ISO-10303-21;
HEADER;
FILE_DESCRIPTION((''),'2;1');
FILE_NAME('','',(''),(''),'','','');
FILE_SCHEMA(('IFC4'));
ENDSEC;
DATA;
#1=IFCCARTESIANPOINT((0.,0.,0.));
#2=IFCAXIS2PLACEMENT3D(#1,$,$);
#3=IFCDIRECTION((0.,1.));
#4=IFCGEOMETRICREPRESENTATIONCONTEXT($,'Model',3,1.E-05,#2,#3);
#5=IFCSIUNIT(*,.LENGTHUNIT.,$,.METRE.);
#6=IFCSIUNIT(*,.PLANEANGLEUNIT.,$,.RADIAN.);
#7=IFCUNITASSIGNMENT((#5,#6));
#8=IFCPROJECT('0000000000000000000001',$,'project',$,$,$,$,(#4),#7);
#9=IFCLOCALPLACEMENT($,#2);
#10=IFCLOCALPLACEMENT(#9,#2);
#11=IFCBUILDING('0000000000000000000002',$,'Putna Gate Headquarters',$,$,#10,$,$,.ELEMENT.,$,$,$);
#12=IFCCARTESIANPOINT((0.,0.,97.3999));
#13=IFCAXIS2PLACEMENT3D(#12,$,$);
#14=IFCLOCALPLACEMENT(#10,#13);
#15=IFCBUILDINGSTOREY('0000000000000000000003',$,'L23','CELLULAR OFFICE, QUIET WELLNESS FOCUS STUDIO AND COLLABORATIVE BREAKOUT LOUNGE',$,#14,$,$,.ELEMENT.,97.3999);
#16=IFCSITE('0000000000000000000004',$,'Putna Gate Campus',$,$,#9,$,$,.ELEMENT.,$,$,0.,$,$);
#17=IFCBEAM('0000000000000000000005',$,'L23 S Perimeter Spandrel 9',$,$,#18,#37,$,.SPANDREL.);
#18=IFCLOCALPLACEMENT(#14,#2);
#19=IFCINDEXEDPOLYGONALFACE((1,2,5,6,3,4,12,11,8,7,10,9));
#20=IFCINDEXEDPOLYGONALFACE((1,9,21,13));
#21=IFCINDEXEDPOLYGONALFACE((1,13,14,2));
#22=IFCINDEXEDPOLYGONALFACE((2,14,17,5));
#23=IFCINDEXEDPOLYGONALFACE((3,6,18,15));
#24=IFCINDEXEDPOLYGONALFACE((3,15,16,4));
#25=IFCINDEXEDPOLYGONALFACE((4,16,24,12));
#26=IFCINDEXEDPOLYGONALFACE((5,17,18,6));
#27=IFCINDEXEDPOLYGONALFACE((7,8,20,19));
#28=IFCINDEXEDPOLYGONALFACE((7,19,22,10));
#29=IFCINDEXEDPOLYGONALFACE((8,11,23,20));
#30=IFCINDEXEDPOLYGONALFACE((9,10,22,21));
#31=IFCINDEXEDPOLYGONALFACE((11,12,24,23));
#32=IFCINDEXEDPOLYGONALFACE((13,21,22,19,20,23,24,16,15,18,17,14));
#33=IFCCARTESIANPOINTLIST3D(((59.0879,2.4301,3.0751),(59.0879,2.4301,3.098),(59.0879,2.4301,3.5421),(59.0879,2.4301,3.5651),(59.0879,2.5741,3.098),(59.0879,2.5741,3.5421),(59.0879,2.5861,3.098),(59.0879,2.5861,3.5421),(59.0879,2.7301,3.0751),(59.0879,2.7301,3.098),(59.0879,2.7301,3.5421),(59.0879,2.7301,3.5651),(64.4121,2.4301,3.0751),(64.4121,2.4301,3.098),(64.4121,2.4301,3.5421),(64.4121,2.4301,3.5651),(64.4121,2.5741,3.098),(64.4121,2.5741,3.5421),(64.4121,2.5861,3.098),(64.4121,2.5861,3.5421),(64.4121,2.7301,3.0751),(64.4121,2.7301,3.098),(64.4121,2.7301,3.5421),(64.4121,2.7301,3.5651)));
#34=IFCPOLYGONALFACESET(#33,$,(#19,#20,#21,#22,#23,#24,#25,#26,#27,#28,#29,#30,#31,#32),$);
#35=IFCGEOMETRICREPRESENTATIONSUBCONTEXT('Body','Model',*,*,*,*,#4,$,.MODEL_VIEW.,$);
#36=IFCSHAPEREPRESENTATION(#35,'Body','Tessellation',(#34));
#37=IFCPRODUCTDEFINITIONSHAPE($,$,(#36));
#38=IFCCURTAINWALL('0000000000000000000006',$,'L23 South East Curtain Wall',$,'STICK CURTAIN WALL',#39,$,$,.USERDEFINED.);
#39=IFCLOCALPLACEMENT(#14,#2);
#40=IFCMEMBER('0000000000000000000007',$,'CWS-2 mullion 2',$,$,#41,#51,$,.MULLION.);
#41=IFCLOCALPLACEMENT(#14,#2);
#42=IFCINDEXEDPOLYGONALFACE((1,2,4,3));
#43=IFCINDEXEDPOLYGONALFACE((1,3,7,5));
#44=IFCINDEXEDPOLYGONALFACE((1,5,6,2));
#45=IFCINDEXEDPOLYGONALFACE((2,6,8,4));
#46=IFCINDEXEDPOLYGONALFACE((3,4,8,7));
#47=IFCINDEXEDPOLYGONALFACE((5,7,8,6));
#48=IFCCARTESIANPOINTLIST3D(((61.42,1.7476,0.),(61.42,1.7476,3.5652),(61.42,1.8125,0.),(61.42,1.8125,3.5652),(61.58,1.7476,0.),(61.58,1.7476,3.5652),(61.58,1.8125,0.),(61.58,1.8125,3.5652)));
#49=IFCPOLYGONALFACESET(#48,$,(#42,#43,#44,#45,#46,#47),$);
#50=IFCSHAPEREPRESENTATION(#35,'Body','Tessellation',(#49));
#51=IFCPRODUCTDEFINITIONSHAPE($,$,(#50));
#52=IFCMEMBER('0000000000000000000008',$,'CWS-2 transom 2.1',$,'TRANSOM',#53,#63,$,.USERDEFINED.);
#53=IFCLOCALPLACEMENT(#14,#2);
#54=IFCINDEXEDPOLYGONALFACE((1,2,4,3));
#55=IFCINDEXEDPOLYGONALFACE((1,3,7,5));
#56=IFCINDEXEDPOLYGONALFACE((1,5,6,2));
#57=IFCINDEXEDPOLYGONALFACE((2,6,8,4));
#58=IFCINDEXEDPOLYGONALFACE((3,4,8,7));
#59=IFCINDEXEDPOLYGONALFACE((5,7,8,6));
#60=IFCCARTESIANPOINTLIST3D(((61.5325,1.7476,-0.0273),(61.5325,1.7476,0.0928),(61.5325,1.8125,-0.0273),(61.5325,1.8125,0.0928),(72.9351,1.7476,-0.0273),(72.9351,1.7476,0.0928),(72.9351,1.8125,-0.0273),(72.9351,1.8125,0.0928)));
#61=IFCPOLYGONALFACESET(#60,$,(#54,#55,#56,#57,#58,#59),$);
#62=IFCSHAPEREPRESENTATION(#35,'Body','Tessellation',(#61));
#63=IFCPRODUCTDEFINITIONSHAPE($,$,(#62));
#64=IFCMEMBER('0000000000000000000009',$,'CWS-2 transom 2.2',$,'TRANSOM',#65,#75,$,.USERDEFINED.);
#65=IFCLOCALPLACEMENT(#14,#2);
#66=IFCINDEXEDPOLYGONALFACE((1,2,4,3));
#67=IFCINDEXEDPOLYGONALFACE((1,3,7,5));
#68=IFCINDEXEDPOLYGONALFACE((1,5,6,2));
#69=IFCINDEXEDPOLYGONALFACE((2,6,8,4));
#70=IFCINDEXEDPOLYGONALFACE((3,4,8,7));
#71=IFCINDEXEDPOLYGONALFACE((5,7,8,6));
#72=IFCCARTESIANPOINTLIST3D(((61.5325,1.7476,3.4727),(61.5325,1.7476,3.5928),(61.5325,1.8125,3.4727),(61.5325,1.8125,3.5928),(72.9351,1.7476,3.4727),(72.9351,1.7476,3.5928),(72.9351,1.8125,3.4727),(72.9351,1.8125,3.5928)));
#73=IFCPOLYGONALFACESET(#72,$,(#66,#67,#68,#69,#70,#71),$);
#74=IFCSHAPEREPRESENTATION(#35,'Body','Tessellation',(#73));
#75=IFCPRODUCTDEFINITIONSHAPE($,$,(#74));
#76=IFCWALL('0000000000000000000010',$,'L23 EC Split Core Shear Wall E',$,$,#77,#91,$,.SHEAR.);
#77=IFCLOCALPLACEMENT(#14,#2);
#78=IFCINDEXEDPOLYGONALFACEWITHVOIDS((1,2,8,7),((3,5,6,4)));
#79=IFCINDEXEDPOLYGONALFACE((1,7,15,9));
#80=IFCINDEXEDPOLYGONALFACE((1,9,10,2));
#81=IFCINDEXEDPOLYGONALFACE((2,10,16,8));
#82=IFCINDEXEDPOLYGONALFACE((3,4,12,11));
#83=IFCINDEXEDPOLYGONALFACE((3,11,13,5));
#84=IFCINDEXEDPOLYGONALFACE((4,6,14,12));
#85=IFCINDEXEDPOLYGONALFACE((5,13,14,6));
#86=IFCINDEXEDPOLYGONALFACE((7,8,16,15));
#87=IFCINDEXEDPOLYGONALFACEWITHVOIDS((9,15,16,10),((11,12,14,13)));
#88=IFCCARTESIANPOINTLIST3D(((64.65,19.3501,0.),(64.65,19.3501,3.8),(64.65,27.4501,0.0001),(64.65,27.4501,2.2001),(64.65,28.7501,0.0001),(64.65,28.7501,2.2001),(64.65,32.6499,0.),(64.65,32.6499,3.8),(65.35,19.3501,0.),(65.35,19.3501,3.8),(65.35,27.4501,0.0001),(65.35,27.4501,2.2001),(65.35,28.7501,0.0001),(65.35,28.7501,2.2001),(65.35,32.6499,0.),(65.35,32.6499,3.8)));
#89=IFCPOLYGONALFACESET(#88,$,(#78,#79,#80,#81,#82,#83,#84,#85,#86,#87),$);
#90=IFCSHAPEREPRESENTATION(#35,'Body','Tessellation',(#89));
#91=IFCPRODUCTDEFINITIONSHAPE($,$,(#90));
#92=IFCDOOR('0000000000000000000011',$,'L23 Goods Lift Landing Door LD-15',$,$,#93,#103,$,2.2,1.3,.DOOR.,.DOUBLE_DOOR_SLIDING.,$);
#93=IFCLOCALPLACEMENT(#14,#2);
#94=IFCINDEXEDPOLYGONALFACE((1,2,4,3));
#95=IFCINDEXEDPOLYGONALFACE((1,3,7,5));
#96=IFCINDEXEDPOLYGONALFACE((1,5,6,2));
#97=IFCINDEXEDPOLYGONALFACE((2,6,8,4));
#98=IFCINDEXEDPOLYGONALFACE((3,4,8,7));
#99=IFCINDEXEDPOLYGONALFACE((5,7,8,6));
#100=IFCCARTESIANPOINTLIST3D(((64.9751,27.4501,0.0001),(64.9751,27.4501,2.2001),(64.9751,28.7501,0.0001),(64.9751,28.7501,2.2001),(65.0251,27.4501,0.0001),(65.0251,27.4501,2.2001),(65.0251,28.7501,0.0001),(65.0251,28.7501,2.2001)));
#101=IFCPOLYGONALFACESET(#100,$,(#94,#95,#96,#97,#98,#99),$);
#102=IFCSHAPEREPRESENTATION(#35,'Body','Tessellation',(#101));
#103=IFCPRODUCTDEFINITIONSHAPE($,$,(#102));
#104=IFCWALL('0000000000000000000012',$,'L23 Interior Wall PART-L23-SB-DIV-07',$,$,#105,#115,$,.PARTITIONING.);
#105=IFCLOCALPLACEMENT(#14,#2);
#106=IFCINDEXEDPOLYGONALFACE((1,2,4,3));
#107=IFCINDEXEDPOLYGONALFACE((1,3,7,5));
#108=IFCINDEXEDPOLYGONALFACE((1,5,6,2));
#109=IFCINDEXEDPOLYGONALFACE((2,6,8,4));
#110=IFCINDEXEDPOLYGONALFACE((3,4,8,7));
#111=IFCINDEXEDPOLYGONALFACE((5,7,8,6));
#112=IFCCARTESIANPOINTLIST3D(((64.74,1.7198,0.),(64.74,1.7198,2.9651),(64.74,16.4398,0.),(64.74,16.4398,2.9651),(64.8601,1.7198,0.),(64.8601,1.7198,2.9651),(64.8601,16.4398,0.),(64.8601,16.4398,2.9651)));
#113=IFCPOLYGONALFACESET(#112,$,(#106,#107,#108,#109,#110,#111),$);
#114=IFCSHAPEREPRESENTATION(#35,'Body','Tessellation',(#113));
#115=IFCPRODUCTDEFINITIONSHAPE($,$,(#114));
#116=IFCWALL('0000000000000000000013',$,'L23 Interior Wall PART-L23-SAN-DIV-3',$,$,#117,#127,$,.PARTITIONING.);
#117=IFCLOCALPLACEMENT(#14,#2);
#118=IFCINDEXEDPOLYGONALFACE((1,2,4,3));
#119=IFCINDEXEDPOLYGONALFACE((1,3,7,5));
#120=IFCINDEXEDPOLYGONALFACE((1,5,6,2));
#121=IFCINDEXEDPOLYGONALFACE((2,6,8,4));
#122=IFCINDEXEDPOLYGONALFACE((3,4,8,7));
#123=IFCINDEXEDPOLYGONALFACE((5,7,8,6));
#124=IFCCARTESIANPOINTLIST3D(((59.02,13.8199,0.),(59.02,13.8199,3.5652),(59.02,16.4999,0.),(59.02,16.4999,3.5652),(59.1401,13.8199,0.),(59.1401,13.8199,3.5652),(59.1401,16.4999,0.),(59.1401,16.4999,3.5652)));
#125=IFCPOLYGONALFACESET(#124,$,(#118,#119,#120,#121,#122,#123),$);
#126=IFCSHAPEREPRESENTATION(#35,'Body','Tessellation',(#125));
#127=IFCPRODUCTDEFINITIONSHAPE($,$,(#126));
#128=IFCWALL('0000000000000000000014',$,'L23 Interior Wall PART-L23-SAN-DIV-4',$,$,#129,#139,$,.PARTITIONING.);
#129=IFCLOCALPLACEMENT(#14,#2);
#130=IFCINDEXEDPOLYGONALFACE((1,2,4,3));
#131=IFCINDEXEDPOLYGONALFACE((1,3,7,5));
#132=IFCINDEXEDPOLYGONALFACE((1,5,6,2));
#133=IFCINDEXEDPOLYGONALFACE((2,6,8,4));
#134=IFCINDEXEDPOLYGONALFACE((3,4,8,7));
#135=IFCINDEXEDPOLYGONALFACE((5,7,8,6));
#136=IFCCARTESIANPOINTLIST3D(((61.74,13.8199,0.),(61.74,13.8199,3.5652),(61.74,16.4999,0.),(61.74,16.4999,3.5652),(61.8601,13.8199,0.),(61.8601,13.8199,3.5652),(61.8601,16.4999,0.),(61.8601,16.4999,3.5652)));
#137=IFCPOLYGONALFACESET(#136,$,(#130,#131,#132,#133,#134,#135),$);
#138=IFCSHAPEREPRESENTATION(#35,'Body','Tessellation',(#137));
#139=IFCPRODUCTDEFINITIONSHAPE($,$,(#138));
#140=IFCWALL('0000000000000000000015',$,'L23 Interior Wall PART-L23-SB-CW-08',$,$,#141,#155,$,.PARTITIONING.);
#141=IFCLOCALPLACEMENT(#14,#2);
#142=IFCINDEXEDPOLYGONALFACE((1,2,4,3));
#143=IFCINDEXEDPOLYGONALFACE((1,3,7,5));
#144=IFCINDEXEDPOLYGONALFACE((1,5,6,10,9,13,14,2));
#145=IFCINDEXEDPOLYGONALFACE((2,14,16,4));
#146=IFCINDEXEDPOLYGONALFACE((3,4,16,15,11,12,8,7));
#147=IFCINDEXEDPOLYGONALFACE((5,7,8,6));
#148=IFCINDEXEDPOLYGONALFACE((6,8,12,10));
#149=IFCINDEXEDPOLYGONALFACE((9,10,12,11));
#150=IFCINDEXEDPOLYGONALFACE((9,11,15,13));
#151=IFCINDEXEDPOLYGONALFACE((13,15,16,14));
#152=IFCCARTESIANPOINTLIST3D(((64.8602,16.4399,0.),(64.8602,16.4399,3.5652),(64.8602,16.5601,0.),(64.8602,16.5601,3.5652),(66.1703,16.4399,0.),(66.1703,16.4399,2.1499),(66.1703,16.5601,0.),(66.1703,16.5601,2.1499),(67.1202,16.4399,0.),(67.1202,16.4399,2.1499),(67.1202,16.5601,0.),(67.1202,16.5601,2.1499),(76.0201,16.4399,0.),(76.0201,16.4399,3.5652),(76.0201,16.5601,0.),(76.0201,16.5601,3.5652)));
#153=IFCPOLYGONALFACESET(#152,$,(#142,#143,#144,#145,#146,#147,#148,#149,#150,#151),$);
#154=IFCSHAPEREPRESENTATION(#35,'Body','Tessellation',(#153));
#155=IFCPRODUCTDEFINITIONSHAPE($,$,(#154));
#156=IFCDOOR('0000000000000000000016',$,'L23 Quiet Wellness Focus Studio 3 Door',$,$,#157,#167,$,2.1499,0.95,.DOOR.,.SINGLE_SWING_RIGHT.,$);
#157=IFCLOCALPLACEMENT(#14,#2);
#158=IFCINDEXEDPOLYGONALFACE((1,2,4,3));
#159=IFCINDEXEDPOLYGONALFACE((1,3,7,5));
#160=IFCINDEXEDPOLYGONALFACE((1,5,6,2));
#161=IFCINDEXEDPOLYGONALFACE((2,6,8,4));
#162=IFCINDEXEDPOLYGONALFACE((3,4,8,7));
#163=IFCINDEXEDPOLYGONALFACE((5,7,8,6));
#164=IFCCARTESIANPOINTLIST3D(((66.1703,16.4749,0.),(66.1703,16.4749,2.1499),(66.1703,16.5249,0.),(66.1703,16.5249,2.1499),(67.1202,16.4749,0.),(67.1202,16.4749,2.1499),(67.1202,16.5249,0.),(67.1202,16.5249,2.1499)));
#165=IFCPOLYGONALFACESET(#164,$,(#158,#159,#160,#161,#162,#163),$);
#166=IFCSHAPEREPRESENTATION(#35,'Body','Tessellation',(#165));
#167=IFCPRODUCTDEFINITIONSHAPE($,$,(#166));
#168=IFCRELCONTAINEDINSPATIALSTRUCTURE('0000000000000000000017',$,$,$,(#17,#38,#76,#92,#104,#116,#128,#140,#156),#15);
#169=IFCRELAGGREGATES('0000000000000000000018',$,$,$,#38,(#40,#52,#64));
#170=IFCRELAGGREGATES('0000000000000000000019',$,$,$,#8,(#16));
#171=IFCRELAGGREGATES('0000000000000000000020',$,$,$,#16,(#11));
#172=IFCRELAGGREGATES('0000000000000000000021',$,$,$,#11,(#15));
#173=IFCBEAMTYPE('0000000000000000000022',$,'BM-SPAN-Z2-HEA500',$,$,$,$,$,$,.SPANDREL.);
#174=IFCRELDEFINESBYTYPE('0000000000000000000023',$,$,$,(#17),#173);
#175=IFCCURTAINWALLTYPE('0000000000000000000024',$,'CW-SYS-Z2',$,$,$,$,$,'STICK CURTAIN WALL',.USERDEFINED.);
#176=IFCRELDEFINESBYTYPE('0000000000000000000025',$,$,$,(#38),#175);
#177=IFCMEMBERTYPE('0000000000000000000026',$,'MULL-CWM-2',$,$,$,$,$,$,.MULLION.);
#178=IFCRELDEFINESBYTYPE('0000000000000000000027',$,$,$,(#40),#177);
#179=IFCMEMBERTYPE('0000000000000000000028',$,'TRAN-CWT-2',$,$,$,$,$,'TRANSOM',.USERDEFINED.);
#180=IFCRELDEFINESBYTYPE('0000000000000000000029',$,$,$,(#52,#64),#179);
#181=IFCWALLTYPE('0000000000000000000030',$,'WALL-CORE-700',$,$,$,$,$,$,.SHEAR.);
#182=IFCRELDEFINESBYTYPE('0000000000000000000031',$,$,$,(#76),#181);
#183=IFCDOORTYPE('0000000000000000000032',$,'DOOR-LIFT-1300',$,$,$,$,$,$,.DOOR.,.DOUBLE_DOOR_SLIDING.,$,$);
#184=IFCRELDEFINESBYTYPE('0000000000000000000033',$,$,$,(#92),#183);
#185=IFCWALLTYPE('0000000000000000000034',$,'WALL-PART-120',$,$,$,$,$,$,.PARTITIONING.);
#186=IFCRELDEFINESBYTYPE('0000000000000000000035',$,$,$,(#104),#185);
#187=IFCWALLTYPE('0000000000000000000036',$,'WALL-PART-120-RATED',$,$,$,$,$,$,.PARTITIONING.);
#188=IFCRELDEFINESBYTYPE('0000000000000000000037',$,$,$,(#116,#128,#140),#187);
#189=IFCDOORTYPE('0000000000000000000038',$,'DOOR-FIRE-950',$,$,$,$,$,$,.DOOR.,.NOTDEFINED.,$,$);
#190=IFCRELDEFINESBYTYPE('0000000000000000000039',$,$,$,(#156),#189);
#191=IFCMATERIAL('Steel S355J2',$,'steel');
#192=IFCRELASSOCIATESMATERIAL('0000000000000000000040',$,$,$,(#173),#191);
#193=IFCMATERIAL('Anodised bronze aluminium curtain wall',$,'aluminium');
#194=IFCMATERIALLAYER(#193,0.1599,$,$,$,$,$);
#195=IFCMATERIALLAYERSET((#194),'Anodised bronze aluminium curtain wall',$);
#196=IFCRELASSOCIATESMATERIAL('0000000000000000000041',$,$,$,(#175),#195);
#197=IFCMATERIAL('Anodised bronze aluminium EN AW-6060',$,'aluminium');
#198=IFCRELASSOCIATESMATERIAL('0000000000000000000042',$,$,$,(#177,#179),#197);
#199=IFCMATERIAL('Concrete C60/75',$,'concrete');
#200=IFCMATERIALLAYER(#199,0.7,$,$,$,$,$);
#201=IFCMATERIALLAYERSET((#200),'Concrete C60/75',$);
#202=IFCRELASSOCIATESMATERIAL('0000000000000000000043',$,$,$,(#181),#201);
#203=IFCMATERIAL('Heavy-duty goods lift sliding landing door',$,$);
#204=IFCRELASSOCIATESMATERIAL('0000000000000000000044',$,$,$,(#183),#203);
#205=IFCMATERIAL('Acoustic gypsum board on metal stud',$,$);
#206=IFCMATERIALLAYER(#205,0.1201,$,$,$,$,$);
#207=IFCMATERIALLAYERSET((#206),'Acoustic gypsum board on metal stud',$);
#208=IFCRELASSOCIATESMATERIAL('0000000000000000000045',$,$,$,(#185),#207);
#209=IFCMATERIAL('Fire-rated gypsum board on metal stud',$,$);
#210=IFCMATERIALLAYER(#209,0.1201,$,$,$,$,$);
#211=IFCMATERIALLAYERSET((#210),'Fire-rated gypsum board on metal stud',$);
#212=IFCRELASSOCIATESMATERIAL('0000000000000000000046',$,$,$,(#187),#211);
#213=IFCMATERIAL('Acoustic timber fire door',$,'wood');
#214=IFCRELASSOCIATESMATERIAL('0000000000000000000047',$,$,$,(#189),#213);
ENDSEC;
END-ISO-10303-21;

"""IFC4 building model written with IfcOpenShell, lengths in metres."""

from ifc_helpers import new_model, si_unit, direction, frame, frame_2d, origin, origin_2d, place, context, subcontext, project, spatial, rectangle, i_section, extrude, material, layer, layer_set, material_profile, profile_set, type_object, element, fill, aggregate, save


model = new_model("IFC4")

# Units and contexts
model_context = context("Model", 3, precision=1e-05, world=origin(), true_north=direction((0.0, 1.0)))
body_context = subcontext(model_context, "Body", "Model", "MODEL_VIEW")
ifc_project = project(units=[si_unit("LENGTHUNIT", "METRE"), si_unit("PLANEANGLEUNIT", "RADIAN")], contexts=[model_context])

# Site, building, storey
site_placement = place(None, origin())
site = spatial("IfcSite", under=ifc_project, at=site_placement, Name="Putna Gate Campus", CompositionType="ELEMENT", RefElevation=0.0)
building_placement = place(site_placement, origin())
building = spatial("IfcBuilding", under=site, at=building_placement, Name="Putna Gate Headquarters", CompositionType="ELEMENT")
storey_placement = place(building_placement, frame((0.0, 0.0, 97.3999)))
storey = spatial("IfcBuildingStorey", under=building, at=storey_placement, Name="L23", Description="CELLULAR OFFICE, QUIET WELLNESS FOCUS STUDIO AND COLLABORATIVE BREAKOUT LOUNGE", CompositionType="ELEMENT", Elevation=97.3999)

# Shared definitions
ifc_material_1 = material(Name="Concrete C60/75", Category="concrete")

# Beam
ifc_material_2 = material(Name="Steel S355J2", Category="steel")
ifc_material_profile_1 = material_profile(ifc_material_2, i_section(OverallWidth=0.3, OverallDepth=0.49, WebThickness=0.012, FlangeThickness=0.0229, at=origin_2d()), Name="Steel S355J2")
ifc_profile_set_1 = profile_set([ifc_material_profile_1], Name="Steel S355J2")
beam_type_1 = type_object("IfcBeamType", Name="BM-SPAN-Z2-HEA500", PredefinedType="SPANDREL", material=ifc_profile_set_1)
beam_1_placement = place(storey_placement, frame((59.0879, 2.5801, 3.3201), z_axis=(1.0, 0.0, 0.0), x_axis=(0.0, 1.0, 0.0)))
element("IfcBeam", 1, at=beam_1_placement, inside=storey, type_object=beam_type_1, Name="L23 S Perimeter Spandrel 9", PredefinedType="SPANDREL", context=body_context, shape_type="SweptSolid", body=[
    extrude(i_section(OverallWidth=0.3, OverallDepth=0.49, WebThickness=0.012, FlangeThickness=0.0229, at=origin_2d()), origin(), (0.0, 0.0, 1.0), 5.3242),
])

# Curtain wall, members
ifc_material_3 = material(Name="Anodised bronze aluminium curtain wall", Category="aluminium")
ifc_layer_1 = layer(ifc_material_3, 0.1599)
ifc_layer_set_1 = layer_set([ifc_layer_1], Name="Anodised bronze aluminium curtain wall")
curtain_wall_type = type_object("IfcCurtainWallType", Name="CW-SYS-Z2", ElementType="STICK CURTAIN WALL", PredefinedType="USERDEFINED", material=ifc_layer_set_1)
curtain_wall_placement = place(storey_placement, origin())
curtain_wall = element("IfcCurtainWall", 2, at=curtain_wall_placement, inside=storey, type_object=curtain_wall_type, Name="L23 South East Curtain Wall", ObjectType="STICK CURTAIN WALL", PredefinedType="USERDEFINED")
ifc_material_4 = material(Name="Anodised bronze aluminium EN AW-6060", Category="aluminium")
ifc_material_profile_2 = material_profile(ifc_material_4, rectangle(XDim=0.0649, YDim=0.1599, at=origin_2d()), Name="Anodised bronze aluminium EN AW-6060")
ifc_profile_set_2 = profile_set([ifc_material_profile_2], Name="Anodised bronze aluminium EN AW-6060")
member_type_1 = type_object("IfcMemberType", Name="MULL-CWM-2", PredefinedType="MULLION", material=ifc_profile_set_2)
member_1_placement = place(storey_placement, frame((61.5, 1.78, 0.0), z_axis=(0.0, 0.0, 1.0), x_axis=(0.0, 1.0, 0.0)))
member_1 = element("IfcMember", 3, at=member_1_placement, type_object=member_type_1, Name="CWS-2 mullion 2", PredefinedType="MULLION", context=body_context, shape_type="SweptSolid", body=[
    extrude(rectangle(XDim=0.0649, YDim=0.1599, at=origin_2d()), origin(), (0.0, 0.0, 1.0), 3.5652),
])
ifc_material_profile_3 = material_profile(ifc_material_4, rectangle(XDim=0.0649, YDim=0.1201, at=origin_2d()), Name="Anodised bronze aluminium EN AW-6060")
ifc_profile_set_3 = profile_set([ifc_material_profile_3], Name="Anodised bronze aluminium EN AW-6060")
member_type_2 = type_object("IfcMemberType", Name="TRAN-CWT-2", ElementType="TRANSOM", PredefinedType="USERDEFINED", material=ifc_profile_set_3)
member_2_placement = place(storey_placement, frame((61.5325, 1.78, 0.0327), z_axis=(1.0, 0.0, 0.0), x_axis=(0.0, 1.0, 0.0)))
member_2 = element("IfcMember", 4, at=member_2_placement, type_object=member_type_2, Name="CWS-2 transom 2.1", ObjectType="TRANSOM", PredefinedType="USERDEFINED", context=body_context, shape_type="SweptSolid", body=[
    extrude(rectangle(XDim=0.0649, YDim=0.1201, at=origin_2d()), origin(), (0.0, 0.0, 1.0), 11.4026),
])
member_3_placement = place(storey_placement, frame((61.5325, 1.78, 3.5327), z_axis=(1.0, 0.0, 0.0), x_axis=(0.0, 1.0, 0.0)))
member_3 = element("IfcMember", 5, at=member_3_placement, type_object=member_type_2, Name="CWS-2 transom 2.2", ObjectType="TRANSOM", PredefinedType="USERDEFINED", context=body_context, shape_type="SweptSolid", body=[
    extrude(rectangle(XDim=0.0649, YDim=0.1201, at=origin_2d()), origin(), (0.0, 0.0, 1.0), 11.4026),
])
aggregate(curtain_wall, [member_1, member_2, member_3])

# Wall, opening, door
ifc_layer_2 = layer(ifc_material_1, 0.7)
ifc_layer_set_2 = layer_set([ifc_layer_2], Name="Concrete C60/75")
wall_type_1 = type_object("IfcWallType", Name="WALL-CORE-700", PredefinedType="SHEAR", material=ifc_layer_set_2)
wall_1_placement = place(storey_placement, frame((65.0, 19.3501, 0.0), z_axis=(0.0, 0.0, 1.0), x_axis=(0.0, 1.0, 0.0)))
wall_1 = element("IfcWall", 6, at=wall_1_placement, inside=storey, type_object=wall_type_1, Name="L23 EC Split Core Shear Wall E", PredefinedType="SHEAR", context=body_context, shape_type="SweptSolid", body=[
    extrude(rectangle(XDim=13.2998, YDim=0.7, at=frame_2d((6.6499, 0.0))), origin(), (0.0, 0.0, 1.0), 3.8),
])
opening_1_placement = place(wall_1_placement, frame((8.1001, 0.0, 0.0)))
opening_1 = element("IfcOpeningElement", 7, at=opening_1_placement, cuts=wall_1, PredefinedType="OPENING", context=body_context, shape_type="SweptSolid", body=[
    extrude(rectangle(XDim=1.3, YDim=2.2, at=frame_2d((0.6499, 1.1001))), frame((0.0, 0.3599, 0.0), z_axis=(0.0, -1.0, 0.0), x_axis=(1.0, 0.0, 0.0)), (0.0, 0.0, 1.0), 0.72),
])
ifc_material_5 = material(Name="Heavy-duty goods lift sliding landing door")
door_type_1 = type_object("IfcDoorType", Name="DOOR-LIFT-1300", OperationType="DOUBLE_DOOR_SLIDING", PredefinedType="DOOR", material=ifc_material_5)
door_1_placement = place(opening_1_placement, origin())
door_1 = element("IfcDoor", 8, at=door_1_placement, inside=storey, type_object=door_type_1, Name="L23 Goods Lift Landing Door LD-15", OperationType="DOUBLE_DOOR_SLIDING", OverallHeight=2.2, OverallWidth=1.3, PredefinedType="DOOR", context=body_context, shape_type="SweptSolid", body=[
    extrude(rectangle(XDim=1.3, YDim=2.2, at=frame_2d((0.6499, 1.1001))), frame((0.0, 0.0249, 0.0), z_axis=(0.0, -1.0, 0.0), x_axis=(1.0, 0.0, 0.0)), (0.0, 0.0, 1.0), 0.05),
])
fill(opening_1, door_1)

# Walls
ifc_material_6 = material(Name="Acoustic gypsum board on metal stud")
ifc_layer_3 = layer(ifc_material_6, 0.1201)
ifc_layer_set_3 = layer_set([ifc_layer_3], Name="Acoustic gypsum board on metal stud")
wall_type_2 = type_object("IfcWallType", Name="WALL-PART-120", PredefinedType="PARTITIONING", material=ifc_layer_set_3)
wall_2_placement = place(storey_placement, frame((64.8, 1.72, 0.0), z_axis=(0.0, 0.0, 1.0), x_axis=(0.0, 1.0, 0.0)))
element("IfcWall", 9, at=wall_2_placement, inside=storey, type_object=wall_type_2, Name="L23 Interior Wall PART-L23-SB-DIV-07", PredefinedType="PARTITIONING", context=body_context, shape_type="SweptSolid", body=[
    extrude(rectangle(XDim=14.72, YDim=0.1201, at=frame_2d((7.3599, 0.0))), origin(), (0.0, 0.0, 1.0), 2.9651),
])
ifc_material_7 = material(Name="Fire-rated gypsum board on metal stud")
ifc_layer_4 = layer(ifc_material_7, 0.1201)
ifc_layer_set_4 = layer_set([ifc_layer_4], Name="Fire-rated gypsum board on metal stud")
wall_type_3 = type_object("IfcWallType", Name="WALL-PART-120-RATED", PredefinedType="PARTITIONING", material=ifc_layer_set_4)
for number, where, z_axis, x_axis, name in (
    (10, (59.0801, 13.8201, 0.0), (0.0, 0.0, 1.0), (0.0, 1.0, 0.0), "L23 Interior Wall PART-L23-SAN-DIV-3"),
    (11, (61.8, 13.8201, 0.0), (0.0, 0.0, 1.0), (0.0, 1.0, 0.0), "L23 Interior Wall PART-L23-SAN-DIV-4"),
):
    element("IfcWall", number, at=place(storey_placement, frame(where, z_axis=z_axis, x_axis=x_axis)), inside=storey, type_object=wall_type_3, Name=name, PredefinedType="PARTITIONING", context=body_context, shape_type="SweptSolid", body=[
        extrude(rectangle(XDim=2.6799, YDim=0.1201, at=frame_2d((1.3398, 0.0))), origin(), (0.0, 0.0, 1.0), 3.5652),
    ])

# Wall, opening, door
wall_3_placement = place(storey_placement, frame((64.8601, 16.5, 0.0), z_axis=(0.0, 0.0, 1.0), x_axis=(1.0, 0.0, 0.0)))
wall_3 = element("IfcWall", 12, at=wall_3_placement, inside=storey, type_object=wall_type_3, Name="L23 Interior Wall PART-L23-SB-CW-08", PredefinedType="PARTITIONING", context=body_context, shape_type="SweptSolid", body=[
    extrude(rectangle(XDim=11.1599, YDim=0.1201, at=frame_2d((5.5801, 0.0))), origin(), (0.0, 0.0, 1.0), 3.5652),
])
opening_2_placement = place(wall_3_placement, frame((1.3101, 0.0, 0.0)))
opening_2 = element("IfcOpeningElement", 13, at=opening_2_placement, cuts=wall_3, PredefinedType="OPENING", context=body_context, shape_type="SweptSolid", body=[
    extrude(rectangle(XDim=0.95, YDim=2.1499, at=frame_2d((0.4751, 1.075))), frame((0.0, 0.0701, 0.0), z_axis=(0.0, -1.0, 0.0), x_axis=(1.0, 0.0, 0.0)), (0.0, 0.0, 1.0), 0.1401),
])
ifc_material_8 = material(Name="Acoustic timber fire door", Category="wood")
door_type_2 = type_object("IfcDoorType", Name="DOOR-FIRE-950", OperationType="NOTDEFINED", PredefinedType="DOOR", material=ifc_material_8)
door_2_placement = place(opening_2_placement, origin())
door_2 = element("IfcDoor", 14, at=door_2_placement, inside=storey, type_object=door_type_2, Name="L23 Quiet Wellness Focus Studio 3 Door", OperationType="SINGLE_SWING_RIGHT", OverallHeight=2.1499, OverallWidth=0.95, PredefinedType="DOOR", context=body_context, shape_type="SweptSolid", body=[
    extrude(rectangle(XDim=0.95, YDim=2.1499, at=frame_2d((0.4751, 1.075))), frame((0.0, 0.0249, 0.0), z_axis=(0.0, -1.0, 0.0), x_axis=(1.0, 0.0, 0.0)), (0.0, 0.0, 1.0), 0.05),
])
fill(opening_2, door_2)

save(model, "model.ifc")
